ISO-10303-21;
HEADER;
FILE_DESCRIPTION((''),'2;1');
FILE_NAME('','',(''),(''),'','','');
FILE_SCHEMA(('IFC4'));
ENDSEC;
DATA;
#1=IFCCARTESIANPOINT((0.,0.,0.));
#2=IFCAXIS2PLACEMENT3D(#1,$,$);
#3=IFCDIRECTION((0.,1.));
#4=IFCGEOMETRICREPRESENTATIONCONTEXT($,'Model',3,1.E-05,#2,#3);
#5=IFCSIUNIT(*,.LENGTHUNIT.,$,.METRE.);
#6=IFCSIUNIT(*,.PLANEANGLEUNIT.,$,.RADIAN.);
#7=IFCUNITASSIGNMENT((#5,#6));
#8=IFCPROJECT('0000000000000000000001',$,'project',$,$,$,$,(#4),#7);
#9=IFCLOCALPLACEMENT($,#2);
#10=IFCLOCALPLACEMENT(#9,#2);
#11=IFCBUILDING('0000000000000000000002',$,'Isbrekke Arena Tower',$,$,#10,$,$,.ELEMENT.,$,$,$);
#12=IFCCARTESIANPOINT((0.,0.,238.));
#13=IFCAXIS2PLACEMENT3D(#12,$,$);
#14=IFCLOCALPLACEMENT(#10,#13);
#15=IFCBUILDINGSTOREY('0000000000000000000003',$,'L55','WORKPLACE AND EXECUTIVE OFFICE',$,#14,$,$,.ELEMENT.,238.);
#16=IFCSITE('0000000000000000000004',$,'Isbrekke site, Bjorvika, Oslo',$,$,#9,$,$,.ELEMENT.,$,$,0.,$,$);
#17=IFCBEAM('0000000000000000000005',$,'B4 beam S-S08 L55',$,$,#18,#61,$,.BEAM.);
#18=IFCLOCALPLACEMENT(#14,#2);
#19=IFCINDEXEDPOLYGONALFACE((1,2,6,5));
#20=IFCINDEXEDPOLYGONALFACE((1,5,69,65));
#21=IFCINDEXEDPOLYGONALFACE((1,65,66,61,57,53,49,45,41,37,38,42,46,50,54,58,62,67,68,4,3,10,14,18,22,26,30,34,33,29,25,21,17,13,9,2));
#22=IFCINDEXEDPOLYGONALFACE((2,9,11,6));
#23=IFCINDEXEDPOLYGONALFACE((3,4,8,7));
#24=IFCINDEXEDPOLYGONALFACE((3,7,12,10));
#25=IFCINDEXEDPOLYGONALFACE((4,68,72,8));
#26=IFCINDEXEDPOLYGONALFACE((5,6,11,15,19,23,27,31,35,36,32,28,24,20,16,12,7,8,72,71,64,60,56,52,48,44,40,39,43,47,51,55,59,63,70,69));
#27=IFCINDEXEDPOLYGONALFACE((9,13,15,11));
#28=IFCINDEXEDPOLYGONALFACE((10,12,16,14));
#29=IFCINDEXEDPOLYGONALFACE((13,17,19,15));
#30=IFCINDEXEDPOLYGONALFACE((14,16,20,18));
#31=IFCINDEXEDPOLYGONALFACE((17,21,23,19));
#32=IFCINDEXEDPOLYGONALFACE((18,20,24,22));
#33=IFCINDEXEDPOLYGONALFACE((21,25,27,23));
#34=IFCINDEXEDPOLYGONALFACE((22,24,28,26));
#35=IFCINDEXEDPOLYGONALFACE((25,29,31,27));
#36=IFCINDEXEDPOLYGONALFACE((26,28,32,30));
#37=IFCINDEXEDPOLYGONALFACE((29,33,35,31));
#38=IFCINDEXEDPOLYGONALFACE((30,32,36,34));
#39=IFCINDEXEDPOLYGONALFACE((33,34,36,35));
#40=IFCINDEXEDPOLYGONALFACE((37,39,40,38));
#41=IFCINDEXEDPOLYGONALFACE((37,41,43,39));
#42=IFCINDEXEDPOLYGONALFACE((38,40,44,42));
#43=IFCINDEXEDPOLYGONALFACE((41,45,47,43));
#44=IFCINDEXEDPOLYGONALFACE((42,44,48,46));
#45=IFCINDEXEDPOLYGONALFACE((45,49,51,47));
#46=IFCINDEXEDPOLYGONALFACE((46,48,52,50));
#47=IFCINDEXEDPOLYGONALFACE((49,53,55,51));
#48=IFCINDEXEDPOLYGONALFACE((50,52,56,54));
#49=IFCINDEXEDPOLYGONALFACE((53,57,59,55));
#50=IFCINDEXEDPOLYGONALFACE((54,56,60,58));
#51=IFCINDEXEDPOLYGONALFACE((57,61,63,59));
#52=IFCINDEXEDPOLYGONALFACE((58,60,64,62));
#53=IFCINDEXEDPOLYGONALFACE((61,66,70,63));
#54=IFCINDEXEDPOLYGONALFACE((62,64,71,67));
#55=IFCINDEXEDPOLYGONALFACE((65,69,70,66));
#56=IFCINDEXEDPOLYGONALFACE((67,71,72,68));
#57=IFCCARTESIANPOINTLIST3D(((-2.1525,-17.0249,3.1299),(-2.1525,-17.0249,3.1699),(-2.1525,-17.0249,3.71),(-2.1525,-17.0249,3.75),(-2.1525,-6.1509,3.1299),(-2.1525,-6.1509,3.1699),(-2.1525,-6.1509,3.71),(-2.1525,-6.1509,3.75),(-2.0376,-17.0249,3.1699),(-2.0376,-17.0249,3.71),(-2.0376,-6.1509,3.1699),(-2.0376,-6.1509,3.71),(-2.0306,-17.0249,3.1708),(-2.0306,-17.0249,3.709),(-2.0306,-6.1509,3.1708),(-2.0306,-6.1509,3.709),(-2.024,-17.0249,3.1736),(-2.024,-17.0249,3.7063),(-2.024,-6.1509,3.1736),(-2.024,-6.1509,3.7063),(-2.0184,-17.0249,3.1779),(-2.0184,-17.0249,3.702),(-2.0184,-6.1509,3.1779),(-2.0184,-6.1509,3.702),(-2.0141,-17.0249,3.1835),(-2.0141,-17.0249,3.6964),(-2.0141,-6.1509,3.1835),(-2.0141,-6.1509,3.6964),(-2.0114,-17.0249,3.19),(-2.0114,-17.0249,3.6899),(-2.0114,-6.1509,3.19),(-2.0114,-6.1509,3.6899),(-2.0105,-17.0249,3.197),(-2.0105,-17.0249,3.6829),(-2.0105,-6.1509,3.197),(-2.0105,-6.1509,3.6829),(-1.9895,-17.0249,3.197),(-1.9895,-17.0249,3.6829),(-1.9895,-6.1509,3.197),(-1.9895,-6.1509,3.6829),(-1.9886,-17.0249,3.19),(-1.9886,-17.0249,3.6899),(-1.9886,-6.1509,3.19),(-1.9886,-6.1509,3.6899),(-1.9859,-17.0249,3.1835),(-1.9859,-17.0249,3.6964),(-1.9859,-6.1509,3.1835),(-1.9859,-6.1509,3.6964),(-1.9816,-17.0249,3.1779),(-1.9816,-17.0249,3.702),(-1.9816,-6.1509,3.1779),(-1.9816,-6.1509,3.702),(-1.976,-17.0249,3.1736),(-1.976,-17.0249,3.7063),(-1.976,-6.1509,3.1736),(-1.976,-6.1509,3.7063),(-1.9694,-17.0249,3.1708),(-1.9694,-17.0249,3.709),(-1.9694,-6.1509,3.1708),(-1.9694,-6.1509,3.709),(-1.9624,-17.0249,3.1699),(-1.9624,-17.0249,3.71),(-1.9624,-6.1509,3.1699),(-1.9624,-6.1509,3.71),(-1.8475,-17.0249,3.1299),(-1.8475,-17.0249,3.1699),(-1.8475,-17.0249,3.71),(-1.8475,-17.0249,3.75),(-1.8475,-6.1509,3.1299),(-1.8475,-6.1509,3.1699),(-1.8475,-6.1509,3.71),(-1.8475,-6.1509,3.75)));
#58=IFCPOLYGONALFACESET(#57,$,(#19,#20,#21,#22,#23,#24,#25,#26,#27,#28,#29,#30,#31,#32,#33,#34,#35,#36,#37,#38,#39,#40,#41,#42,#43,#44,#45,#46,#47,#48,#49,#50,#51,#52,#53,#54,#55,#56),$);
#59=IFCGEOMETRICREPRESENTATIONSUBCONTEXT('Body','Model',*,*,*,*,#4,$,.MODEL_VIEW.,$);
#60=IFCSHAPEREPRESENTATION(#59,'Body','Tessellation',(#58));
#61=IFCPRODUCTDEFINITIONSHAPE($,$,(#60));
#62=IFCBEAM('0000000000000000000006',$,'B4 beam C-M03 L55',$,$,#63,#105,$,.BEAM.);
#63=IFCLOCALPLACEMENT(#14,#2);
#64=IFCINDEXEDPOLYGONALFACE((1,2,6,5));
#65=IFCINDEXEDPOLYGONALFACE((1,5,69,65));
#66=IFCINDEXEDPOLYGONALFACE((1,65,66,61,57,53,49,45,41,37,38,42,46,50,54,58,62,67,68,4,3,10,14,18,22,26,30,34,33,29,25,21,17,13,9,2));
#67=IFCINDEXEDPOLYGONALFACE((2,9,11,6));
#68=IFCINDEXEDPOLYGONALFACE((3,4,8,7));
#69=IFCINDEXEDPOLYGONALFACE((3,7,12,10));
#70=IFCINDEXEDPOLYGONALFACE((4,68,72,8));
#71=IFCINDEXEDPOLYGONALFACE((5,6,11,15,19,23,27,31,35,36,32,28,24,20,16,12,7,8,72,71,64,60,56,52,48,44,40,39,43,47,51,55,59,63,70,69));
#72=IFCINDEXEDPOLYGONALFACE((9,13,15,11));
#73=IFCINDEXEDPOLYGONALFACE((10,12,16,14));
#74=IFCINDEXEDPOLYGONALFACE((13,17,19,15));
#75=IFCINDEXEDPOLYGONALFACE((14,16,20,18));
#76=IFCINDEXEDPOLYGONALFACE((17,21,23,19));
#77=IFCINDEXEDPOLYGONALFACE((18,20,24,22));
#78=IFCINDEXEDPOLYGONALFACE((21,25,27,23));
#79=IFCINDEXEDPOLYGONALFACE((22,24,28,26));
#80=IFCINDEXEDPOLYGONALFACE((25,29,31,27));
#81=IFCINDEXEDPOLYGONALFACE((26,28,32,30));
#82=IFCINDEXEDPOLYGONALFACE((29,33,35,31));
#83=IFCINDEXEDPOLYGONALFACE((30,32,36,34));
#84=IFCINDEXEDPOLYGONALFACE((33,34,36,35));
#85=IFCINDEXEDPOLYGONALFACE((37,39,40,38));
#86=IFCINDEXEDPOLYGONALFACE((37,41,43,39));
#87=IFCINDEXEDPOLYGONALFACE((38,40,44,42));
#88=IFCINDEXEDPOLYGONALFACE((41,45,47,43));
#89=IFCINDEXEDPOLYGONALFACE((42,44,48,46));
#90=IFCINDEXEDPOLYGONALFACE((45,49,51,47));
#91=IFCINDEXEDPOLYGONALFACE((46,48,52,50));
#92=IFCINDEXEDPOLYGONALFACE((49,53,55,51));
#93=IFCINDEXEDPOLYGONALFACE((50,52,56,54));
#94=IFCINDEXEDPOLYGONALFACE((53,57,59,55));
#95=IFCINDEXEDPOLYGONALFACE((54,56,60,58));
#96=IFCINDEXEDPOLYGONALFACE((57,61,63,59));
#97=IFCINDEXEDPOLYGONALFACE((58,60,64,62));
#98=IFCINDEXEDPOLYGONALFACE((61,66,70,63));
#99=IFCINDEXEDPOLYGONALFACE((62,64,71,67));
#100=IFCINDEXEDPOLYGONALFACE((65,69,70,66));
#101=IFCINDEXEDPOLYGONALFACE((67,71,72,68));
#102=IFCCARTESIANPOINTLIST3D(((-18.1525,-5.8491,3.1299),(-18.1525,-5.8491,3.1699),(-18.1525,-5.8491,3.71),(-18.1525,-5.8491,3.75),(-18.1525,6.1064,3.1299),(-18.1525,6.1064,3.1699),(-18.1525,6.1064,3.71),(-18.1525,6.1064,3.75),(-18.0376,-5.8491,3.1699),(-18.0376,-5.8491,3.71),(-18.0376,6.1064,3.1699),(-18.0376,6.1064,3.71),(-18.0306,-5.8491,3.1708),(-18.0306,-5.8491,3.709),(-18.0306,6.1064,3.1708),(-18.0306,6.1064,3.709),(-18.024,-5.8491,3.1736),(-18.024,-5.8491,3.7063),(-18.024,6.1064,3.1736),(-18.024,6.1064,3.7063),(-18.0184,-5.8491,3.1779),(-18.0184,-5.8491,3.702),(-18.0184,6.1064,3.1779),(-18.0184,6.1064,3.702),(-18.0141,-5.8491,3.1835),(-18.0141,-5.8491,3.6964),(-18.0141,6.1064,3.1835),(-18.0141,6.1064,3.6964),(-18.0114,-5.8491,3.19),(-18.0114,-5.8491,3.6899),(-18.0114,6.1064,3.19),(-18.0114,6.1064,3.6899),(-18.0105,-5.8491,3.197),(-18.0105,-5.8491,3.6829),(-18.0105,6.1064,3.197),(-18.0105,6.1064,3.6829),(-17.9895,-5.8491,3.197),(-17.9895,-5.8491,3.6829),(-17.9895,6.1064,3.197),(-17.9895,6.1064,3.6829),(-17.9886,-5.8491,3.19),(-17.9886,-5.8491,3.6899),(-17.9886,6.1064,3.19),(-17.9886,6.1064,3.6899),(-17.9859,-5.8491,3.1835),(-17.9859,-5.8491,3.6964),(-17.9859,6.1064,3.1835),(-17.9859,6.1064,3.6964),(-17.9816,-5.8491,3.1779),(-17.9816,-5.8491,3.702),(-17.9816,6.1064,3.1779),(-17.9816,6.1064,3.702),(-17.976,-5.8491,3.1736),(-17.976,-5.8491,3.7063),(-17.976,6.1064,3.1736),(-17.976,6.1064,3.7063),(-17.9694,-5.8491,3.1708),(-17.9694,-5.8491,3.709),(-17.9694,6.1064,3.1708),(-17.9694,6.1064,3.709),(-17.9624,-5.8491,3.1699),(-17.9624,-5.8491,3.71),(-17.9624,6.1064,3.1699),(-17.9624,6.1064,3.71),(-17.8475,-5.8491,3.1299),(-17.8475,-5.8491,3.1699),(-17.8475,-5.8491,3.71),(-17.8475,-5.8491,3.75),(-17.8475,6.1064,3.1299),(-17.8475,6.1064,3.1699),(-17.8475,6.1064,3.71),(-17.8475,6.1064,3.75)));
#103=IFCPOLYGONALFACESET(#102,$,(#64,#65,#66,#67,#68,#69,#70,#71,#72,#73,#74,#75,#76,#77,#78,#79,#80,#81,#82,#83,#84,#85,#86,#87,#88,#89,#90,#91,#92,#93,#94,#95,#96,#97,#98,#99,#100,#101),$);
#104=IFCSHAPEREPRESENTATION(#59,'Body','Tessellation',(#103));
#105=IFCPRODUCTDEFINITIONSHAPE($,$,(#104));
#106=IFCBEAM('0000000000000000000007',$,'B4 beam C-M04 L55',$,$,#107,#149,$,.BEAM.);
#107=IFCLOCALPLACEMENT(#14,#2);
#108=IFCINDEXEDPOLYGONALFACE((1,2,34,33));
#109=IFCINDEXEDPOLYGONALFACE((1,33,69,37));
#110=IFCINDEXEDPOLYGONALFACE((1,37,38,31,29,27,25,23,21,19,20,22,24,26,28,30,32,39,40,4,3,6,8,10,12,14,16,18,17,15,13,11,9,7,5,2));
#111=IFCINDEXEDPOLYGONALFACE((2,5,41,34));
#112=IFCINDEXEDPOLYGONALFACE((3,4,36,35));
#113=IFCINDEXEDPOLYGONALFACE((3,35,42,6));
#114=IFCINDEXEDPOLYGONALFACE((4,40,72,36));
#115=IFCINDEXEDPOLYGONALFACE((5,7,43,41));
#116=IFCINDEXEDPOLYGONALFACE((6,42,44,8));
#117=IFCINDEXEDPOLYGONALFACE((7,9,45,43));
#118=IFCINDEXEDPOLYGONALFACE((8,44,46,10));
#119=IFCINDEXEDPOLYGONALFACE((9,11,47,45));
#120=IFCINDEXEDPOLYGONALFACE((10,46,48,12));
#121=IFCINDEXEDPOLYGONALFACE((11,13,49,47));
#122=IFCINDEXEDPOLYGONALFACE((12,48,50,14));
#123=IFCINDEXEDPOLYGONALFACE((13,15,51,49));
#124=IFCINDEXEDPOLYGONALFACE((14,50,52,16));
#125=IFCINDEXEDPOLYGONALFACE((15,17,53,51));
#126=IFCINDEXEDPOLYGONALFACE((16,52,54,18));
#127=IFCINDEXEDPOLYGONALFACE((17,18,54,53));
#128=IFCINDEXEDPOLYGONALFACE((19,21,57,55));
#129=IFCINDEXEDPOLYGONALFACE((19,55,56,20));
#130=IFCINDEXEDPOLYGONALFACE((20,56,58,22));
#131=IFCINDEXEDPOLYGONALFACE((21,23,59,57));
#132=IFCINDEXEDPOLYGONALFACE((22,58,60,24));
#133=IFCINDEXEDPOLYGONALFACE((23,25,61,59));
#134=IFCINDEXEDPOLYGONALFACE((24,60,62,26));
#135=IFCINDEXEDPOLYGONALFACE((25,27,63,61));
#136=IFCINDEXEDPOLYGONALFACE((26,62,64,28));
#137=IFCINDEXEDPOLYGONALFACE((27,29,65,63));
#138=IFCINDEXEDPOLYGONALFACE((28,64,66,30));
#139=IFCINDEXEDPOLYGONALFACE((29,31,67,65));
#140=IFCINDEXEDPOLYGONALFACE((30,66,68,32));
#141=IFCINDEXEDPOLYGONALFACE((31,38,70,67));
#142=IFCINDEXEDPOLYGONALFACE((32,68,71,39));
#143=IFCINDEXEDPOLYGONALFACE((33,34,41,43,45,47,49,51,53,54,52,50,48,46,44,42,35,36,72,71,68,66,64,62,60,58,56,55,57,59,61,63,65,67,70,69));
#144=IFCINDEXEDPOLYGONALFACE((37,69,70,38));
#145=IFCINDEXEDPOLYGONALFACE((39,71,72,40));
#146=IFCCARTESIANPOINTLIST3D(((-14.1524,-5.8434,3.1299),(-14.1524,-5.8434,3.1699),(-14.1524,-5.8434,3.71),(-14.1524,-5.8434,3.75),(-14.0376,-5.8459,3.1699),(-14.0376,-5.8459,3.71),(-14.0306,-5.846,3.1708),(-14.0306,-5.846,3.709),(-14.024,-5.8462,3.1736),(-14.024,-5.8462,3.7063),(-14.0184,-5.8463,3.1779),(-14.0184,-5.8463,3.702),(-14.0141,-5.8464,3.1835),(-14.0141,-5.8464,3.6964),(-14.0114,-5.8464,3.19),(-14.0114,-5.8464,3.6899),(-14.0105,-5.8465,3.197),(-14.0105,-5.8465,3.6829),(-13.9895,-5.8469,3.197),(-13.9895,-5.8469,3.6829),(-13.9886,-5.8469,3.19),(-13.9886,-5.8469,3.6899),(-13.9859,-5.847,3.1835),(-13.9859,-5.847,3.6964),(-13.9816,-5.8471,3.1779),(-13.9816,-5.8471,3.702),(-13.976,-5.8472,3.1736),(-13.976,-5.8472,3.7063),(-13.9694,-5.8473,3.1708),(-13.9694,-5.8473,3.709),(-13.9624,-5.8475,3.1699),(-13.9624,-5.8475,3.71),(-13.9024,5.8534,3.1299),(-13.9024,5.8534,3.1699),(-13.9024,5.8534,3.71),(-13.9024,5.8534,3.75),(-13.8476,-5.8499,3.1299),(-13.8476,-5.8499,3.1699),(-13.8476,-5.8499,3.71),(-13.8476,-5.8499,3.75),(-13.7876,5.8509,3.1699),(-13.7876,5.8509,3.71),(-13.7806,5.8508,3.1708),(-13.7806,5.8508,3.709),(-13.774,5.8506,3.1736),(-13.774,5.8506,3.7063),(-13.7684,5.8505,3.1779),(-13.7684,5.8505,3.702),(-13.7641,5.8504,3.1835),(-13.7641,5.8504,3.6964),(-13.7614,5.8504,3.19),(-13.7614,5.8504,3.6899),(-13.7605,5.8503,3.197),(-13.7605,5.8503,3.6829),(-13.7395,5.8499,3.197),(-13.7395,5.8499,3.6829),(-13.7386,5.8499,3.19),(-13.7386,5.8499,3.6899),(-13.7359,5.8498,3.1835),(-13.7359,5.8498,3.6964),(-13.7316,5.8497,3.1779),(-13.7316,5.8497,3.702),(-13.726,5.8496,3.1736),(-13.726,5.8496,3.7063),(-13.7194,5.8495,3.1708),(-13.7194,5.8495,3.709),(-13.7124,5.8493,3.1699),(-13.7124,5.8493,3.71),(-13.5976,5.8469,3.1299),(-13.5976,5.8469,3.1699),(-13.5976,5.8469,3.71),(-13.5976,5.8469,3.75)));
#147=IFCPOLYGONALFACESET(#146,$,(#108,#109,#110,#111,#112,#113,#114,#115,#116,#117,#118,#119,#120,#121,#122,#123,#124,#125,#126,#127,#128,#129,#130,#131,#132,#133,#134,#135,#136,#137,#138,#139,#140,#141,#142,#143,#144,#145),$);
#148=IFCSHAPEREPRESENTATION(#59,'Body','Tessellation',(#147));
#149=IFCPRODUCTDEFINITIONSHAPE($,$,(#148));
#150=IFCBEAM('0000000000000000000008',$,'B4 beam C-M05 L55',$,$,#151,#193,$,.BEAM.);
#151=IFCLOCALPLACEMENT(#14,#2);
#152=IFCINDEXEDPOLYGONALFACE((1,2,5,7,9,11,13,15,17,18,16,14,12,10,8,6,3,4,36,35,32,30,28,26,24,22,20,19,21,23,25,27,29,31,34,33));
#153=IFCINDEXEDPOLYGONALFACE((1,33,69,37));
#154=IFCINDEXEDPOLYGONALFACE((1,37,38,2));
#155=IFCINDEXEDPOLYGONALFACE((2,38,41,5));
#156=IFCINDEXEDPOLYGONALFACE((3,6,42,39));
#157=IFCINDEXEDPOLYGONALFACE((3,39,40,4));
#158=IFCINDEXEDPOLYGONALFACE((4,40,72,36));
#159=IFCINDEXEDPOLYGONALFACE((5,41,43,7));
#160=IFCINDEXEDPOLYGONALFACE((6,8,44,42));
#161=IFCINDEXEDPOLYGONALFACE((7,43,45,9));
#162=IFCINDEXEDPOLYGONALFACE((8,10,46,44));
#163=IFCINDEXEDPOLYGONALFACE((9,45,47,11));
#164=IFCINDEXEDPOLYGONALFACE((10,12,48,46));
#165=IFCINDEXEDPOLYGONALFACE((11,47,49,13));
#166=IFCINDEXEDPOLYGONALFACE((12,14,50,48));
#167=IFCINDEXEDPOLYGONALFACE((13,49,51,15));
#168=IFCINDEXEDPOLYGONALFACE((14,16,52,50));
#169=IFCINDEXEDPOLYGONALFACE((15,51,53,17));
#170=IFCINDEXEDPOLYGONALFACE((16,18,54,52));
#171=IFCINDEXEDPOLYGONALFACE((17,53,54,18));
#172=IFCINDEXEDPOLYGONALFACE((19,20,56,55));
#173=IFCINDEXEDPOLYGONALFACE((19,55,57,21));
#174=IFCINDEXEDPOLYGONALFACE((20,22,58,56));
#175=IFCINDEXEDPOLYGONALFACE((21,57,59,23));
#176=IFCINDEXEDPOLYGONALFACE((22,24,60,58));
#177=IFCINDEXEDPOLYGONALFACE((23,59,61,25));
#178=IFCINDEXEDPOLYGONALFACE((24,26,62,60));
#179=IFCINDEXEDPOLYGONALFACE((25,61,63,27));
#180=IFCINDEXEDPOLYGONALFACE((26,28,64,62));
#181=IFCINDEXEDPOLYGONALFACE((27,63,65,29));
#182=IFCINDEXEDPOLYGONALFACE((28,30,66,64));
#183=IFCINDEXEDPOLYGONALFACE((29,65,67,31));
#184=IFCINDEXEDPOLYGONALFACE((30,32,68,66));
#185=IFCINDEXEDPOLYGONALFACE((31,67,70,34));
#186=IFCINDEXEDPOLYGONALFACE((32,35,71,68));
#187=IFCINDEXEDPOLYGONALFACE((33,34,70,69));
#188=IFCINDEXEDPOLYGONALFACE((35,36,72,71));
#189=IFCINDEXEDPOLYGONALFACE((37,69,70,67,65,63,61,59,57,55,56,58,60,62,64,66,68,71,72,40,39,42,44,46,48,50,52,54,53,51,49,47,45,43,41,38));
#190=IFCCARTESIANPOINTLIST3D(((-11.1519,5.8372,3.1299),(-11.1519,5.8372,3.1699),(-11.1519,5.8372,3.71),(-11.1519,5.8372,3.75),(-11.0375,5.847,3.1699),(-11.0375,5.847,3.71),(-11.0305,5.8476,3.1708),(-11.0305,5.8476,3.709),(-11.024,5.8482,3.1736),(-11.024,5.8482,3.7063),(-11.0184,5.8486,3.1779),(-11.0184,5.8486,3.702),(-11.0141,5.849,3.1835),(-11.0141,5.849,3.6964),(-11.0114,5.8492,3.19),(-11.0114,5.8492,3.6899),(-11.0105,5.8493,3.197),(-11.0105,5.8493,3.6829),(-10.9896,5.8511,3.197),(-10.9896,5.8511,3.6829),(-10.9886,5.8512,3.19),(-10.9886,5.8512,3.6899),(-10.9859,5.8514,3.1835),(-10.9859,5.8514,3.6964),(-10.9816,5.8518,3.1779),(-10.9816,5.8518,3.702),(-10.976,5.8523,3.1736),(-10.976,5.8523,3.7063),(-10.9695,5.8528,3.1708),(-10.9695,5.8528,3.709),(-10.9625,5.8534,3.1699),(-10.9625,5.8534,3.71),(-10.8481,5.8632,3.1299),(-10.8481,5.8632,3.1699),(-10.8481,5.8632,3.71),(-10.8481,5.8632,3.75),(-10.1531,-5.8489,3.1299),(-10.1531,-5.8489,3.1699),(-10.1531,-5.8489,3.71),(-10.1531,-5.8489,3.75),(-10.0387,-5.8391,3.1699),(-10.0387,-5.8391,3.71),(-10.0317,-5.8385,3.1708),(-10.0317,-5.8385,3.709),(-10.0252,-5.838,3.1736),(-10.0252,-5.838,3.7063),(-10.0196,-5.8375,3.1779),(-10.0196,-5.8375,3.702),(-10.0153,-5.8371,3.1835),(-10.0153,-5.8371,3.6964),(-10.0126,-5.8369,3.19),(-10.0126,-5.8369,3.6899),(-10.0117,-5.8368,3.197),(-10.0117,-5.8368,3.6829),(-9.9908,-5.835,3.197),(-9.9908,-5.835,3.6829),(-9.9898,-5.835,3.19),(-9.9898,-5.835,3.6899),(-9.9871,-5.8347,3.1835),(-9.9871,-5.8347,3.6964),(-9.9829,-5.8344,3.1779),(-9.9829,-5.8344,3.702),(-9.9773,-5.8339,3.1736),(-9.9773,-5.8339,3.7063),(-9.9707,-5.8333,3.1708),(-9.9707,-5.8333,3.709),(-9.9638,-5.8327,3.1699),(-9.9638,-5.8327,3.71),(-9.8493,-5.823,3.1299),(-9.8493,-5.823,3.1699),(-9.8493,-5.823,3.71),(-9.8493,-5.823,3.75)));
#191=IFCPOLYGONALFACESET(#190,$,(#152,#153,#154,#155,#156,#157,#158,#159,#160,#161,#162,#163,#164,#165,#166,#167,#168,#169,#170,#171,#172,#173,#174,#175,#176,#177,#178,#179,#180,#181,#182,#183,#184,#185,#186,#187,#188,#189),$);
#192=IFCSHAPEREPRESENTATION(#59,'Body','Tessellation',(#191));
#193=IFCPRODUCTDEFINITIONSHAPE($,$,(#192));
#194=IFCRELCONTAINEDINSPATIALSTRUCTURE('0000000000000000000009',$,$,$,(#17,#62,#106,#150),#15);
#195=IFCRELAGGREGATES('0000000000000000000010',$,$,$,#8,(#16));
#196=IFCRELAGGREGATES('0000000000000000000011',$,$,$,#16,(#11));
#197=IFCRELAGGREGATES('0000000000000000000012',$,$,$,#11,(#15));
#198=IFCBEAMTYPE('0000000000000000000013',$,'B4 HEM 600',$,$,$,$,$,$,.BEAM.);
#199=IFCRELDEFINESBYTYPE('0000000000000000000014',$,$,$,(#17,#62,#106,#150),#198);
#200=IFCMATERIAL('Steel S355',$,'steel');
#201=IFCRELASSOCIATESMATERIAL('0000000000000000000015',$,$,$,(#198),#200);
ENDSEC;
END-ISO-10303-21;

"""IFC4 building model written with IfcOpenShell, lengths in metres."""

from ifc_helpers import new_model, si_unit, direction, frame, origin, origin_2d, place, context, subcontext, project, spatial, i_section, extrude, material, material_profile, profile_set, type_object, element, save


model = new_model("IFC4")

# Units and contexts
model_context = context("Model", 3, precision=1e-05, world=origin(), true_north=direction((0.0, 1.0)))
body_context = subcontext(model_context, "Body", "Model", "MODEL_VIEW")
ifc_project = project(units=[si_unit("LENGTHUNIT", "METRE"), si_unit("PLANEANGLEUNIT", "RADIAN")], contexts=[model_context])

# Site, building, storey
site_placement = place(None, origin())
site = spatial("IfcSite", under=ifc_project, at=site_placement, Name="Isbrekke site, Bjorvika, Oslo", CompositionType="ELEMENT", RefElevation=0.0)
building_placement = place(site_placement, origin())
building = spatial("IfcBuilding", under=site, at=building_placement, Name="Isbrekke Arena Tower", CompositionType="ELEMENT")
storey_placement = place(building_placement, frame((0.0, 0.0, 238.0)))
storey = spatial("IfcBuildingStorey", under=building, at=storey_placement, Name="L55", Description="WORKPLACE AND EXECUTIVE OFFICE", CompositionType="ELEMENT", Elevation=238.0)

# Beams
ifc_material_1 = material(Name="Steel S355", Category="steel")
ifc_material_profile_1 = material_profile(ifc_material_1, i_section(OverallWidth=0.3049, OverallDepth=0.6201, WebThickness=0.021, FlangeThickness=0.04, FilletRadius=0.0271, at=origin_2d()), Name="HEM 600")
ifc_profile_set_1 = profile_set([ifc_material_profile_1], Name="Steel S355")
beam_type_1 = type_object("IfcBeamType", Name="B4 HEM 600", PredefinedType="BEAM", material=ifc_profile_set_1)
for number, where, z_axis, x_axis, name in (
    (1, (-2.0, -17.0249, 3.4399), (0.0, 1.0, 0.0), (-1.0, 0.0, 0.0), "B4 beam S-S08 L55"),
):
    element("IfcBeam", number, at=place(storey_placement, frame(where, z_axis=z_axis, x_axis=x_axis)), inside=storey, type_object=beam_type_1, Name=name, PredefinedType="BEAM", context=body_context, shape_type="SweptSolid", body=[
        extrude(i_section(OverallWidth=0.3049, OverallDepth=0.6201, WebThickness=0.021, FlangeThickness=0.04, FilletRadius=0.0271, at=origin_2d()), origin(), (0.0, 0.0, 1.0), 10.874),
    ])
beam_1_placement = place(storey_placement, frame((-18.0, -5.8491, 3.4399), z_axis=(0.0, 1.0, 0.0), x_axis=(-1.0, 0.0, 0.0)))
element("IfcBeam", 2, at=beam_1_placement, inside=storey, type_object=beam_type_1, Name="B4 beam C-M03 L55", PredefinedType="BEAM", context=body_context, shape_type="SweptSolid", body=[
    extrude(i_section(OverallWidth=0.3049, OverallDepth=0.6201, WebThickness=0.021, FlangeThickness=0.04, FilletRadius=0.0271, at=origin_2d()), origin(), (0.0, 0.0, 1.0), 11.9556),
])
beam_2_placement = place(storey_placement, frame((-14.0, -5.8467, 3.4399), z_axis=(0.021369, 0.999772, 0.0), x_axis=(-0.999772, 0.021369, 0.0)))
element("IfcBeam", 3, at=beam_2_placement, inside=storey, type_object=beam_type_1, Name="B4 beam C-M04 L55", PredefinedType="BEAM", context=body_context, shape_type="SweptSolid", body=[
    extrude(i_section(OverallWidth=0.3049, OverallDepth=0.6201, WebThickness=0.021, FlangeThickness=0.04, FilletRadius=0.0271, at=origin_2d()), origin(), (0.0, 0.0, 1.0), 11.6995),
])
beam_3_placement = place(storey_placement, frame((-10.0012, -5.8359, 3.4399), z_axis=(-0.085157, 0.996368, 0.0), x_axis=(-0.996368, -0.085157, 0.0)))
element("IfcBeam", 4, at=beam_3_placement, inside=storey, type_object=beam_type_1, Name="B4 beam C-M05 L55", PredefinedType="BEAM", context=body_context, shape_type="SweptSolid", body=[
    extrude(i_section(OverallWidth=0.3049, OverallDepth=0.6201, WebThickness=0.021, FlangeThickness=0.04, FilletRadius=0.0271, at=origin_2d()), origin(), (0.0, 0.0, 1.0), 11.7288),
])

save(model, "model.ifc")
